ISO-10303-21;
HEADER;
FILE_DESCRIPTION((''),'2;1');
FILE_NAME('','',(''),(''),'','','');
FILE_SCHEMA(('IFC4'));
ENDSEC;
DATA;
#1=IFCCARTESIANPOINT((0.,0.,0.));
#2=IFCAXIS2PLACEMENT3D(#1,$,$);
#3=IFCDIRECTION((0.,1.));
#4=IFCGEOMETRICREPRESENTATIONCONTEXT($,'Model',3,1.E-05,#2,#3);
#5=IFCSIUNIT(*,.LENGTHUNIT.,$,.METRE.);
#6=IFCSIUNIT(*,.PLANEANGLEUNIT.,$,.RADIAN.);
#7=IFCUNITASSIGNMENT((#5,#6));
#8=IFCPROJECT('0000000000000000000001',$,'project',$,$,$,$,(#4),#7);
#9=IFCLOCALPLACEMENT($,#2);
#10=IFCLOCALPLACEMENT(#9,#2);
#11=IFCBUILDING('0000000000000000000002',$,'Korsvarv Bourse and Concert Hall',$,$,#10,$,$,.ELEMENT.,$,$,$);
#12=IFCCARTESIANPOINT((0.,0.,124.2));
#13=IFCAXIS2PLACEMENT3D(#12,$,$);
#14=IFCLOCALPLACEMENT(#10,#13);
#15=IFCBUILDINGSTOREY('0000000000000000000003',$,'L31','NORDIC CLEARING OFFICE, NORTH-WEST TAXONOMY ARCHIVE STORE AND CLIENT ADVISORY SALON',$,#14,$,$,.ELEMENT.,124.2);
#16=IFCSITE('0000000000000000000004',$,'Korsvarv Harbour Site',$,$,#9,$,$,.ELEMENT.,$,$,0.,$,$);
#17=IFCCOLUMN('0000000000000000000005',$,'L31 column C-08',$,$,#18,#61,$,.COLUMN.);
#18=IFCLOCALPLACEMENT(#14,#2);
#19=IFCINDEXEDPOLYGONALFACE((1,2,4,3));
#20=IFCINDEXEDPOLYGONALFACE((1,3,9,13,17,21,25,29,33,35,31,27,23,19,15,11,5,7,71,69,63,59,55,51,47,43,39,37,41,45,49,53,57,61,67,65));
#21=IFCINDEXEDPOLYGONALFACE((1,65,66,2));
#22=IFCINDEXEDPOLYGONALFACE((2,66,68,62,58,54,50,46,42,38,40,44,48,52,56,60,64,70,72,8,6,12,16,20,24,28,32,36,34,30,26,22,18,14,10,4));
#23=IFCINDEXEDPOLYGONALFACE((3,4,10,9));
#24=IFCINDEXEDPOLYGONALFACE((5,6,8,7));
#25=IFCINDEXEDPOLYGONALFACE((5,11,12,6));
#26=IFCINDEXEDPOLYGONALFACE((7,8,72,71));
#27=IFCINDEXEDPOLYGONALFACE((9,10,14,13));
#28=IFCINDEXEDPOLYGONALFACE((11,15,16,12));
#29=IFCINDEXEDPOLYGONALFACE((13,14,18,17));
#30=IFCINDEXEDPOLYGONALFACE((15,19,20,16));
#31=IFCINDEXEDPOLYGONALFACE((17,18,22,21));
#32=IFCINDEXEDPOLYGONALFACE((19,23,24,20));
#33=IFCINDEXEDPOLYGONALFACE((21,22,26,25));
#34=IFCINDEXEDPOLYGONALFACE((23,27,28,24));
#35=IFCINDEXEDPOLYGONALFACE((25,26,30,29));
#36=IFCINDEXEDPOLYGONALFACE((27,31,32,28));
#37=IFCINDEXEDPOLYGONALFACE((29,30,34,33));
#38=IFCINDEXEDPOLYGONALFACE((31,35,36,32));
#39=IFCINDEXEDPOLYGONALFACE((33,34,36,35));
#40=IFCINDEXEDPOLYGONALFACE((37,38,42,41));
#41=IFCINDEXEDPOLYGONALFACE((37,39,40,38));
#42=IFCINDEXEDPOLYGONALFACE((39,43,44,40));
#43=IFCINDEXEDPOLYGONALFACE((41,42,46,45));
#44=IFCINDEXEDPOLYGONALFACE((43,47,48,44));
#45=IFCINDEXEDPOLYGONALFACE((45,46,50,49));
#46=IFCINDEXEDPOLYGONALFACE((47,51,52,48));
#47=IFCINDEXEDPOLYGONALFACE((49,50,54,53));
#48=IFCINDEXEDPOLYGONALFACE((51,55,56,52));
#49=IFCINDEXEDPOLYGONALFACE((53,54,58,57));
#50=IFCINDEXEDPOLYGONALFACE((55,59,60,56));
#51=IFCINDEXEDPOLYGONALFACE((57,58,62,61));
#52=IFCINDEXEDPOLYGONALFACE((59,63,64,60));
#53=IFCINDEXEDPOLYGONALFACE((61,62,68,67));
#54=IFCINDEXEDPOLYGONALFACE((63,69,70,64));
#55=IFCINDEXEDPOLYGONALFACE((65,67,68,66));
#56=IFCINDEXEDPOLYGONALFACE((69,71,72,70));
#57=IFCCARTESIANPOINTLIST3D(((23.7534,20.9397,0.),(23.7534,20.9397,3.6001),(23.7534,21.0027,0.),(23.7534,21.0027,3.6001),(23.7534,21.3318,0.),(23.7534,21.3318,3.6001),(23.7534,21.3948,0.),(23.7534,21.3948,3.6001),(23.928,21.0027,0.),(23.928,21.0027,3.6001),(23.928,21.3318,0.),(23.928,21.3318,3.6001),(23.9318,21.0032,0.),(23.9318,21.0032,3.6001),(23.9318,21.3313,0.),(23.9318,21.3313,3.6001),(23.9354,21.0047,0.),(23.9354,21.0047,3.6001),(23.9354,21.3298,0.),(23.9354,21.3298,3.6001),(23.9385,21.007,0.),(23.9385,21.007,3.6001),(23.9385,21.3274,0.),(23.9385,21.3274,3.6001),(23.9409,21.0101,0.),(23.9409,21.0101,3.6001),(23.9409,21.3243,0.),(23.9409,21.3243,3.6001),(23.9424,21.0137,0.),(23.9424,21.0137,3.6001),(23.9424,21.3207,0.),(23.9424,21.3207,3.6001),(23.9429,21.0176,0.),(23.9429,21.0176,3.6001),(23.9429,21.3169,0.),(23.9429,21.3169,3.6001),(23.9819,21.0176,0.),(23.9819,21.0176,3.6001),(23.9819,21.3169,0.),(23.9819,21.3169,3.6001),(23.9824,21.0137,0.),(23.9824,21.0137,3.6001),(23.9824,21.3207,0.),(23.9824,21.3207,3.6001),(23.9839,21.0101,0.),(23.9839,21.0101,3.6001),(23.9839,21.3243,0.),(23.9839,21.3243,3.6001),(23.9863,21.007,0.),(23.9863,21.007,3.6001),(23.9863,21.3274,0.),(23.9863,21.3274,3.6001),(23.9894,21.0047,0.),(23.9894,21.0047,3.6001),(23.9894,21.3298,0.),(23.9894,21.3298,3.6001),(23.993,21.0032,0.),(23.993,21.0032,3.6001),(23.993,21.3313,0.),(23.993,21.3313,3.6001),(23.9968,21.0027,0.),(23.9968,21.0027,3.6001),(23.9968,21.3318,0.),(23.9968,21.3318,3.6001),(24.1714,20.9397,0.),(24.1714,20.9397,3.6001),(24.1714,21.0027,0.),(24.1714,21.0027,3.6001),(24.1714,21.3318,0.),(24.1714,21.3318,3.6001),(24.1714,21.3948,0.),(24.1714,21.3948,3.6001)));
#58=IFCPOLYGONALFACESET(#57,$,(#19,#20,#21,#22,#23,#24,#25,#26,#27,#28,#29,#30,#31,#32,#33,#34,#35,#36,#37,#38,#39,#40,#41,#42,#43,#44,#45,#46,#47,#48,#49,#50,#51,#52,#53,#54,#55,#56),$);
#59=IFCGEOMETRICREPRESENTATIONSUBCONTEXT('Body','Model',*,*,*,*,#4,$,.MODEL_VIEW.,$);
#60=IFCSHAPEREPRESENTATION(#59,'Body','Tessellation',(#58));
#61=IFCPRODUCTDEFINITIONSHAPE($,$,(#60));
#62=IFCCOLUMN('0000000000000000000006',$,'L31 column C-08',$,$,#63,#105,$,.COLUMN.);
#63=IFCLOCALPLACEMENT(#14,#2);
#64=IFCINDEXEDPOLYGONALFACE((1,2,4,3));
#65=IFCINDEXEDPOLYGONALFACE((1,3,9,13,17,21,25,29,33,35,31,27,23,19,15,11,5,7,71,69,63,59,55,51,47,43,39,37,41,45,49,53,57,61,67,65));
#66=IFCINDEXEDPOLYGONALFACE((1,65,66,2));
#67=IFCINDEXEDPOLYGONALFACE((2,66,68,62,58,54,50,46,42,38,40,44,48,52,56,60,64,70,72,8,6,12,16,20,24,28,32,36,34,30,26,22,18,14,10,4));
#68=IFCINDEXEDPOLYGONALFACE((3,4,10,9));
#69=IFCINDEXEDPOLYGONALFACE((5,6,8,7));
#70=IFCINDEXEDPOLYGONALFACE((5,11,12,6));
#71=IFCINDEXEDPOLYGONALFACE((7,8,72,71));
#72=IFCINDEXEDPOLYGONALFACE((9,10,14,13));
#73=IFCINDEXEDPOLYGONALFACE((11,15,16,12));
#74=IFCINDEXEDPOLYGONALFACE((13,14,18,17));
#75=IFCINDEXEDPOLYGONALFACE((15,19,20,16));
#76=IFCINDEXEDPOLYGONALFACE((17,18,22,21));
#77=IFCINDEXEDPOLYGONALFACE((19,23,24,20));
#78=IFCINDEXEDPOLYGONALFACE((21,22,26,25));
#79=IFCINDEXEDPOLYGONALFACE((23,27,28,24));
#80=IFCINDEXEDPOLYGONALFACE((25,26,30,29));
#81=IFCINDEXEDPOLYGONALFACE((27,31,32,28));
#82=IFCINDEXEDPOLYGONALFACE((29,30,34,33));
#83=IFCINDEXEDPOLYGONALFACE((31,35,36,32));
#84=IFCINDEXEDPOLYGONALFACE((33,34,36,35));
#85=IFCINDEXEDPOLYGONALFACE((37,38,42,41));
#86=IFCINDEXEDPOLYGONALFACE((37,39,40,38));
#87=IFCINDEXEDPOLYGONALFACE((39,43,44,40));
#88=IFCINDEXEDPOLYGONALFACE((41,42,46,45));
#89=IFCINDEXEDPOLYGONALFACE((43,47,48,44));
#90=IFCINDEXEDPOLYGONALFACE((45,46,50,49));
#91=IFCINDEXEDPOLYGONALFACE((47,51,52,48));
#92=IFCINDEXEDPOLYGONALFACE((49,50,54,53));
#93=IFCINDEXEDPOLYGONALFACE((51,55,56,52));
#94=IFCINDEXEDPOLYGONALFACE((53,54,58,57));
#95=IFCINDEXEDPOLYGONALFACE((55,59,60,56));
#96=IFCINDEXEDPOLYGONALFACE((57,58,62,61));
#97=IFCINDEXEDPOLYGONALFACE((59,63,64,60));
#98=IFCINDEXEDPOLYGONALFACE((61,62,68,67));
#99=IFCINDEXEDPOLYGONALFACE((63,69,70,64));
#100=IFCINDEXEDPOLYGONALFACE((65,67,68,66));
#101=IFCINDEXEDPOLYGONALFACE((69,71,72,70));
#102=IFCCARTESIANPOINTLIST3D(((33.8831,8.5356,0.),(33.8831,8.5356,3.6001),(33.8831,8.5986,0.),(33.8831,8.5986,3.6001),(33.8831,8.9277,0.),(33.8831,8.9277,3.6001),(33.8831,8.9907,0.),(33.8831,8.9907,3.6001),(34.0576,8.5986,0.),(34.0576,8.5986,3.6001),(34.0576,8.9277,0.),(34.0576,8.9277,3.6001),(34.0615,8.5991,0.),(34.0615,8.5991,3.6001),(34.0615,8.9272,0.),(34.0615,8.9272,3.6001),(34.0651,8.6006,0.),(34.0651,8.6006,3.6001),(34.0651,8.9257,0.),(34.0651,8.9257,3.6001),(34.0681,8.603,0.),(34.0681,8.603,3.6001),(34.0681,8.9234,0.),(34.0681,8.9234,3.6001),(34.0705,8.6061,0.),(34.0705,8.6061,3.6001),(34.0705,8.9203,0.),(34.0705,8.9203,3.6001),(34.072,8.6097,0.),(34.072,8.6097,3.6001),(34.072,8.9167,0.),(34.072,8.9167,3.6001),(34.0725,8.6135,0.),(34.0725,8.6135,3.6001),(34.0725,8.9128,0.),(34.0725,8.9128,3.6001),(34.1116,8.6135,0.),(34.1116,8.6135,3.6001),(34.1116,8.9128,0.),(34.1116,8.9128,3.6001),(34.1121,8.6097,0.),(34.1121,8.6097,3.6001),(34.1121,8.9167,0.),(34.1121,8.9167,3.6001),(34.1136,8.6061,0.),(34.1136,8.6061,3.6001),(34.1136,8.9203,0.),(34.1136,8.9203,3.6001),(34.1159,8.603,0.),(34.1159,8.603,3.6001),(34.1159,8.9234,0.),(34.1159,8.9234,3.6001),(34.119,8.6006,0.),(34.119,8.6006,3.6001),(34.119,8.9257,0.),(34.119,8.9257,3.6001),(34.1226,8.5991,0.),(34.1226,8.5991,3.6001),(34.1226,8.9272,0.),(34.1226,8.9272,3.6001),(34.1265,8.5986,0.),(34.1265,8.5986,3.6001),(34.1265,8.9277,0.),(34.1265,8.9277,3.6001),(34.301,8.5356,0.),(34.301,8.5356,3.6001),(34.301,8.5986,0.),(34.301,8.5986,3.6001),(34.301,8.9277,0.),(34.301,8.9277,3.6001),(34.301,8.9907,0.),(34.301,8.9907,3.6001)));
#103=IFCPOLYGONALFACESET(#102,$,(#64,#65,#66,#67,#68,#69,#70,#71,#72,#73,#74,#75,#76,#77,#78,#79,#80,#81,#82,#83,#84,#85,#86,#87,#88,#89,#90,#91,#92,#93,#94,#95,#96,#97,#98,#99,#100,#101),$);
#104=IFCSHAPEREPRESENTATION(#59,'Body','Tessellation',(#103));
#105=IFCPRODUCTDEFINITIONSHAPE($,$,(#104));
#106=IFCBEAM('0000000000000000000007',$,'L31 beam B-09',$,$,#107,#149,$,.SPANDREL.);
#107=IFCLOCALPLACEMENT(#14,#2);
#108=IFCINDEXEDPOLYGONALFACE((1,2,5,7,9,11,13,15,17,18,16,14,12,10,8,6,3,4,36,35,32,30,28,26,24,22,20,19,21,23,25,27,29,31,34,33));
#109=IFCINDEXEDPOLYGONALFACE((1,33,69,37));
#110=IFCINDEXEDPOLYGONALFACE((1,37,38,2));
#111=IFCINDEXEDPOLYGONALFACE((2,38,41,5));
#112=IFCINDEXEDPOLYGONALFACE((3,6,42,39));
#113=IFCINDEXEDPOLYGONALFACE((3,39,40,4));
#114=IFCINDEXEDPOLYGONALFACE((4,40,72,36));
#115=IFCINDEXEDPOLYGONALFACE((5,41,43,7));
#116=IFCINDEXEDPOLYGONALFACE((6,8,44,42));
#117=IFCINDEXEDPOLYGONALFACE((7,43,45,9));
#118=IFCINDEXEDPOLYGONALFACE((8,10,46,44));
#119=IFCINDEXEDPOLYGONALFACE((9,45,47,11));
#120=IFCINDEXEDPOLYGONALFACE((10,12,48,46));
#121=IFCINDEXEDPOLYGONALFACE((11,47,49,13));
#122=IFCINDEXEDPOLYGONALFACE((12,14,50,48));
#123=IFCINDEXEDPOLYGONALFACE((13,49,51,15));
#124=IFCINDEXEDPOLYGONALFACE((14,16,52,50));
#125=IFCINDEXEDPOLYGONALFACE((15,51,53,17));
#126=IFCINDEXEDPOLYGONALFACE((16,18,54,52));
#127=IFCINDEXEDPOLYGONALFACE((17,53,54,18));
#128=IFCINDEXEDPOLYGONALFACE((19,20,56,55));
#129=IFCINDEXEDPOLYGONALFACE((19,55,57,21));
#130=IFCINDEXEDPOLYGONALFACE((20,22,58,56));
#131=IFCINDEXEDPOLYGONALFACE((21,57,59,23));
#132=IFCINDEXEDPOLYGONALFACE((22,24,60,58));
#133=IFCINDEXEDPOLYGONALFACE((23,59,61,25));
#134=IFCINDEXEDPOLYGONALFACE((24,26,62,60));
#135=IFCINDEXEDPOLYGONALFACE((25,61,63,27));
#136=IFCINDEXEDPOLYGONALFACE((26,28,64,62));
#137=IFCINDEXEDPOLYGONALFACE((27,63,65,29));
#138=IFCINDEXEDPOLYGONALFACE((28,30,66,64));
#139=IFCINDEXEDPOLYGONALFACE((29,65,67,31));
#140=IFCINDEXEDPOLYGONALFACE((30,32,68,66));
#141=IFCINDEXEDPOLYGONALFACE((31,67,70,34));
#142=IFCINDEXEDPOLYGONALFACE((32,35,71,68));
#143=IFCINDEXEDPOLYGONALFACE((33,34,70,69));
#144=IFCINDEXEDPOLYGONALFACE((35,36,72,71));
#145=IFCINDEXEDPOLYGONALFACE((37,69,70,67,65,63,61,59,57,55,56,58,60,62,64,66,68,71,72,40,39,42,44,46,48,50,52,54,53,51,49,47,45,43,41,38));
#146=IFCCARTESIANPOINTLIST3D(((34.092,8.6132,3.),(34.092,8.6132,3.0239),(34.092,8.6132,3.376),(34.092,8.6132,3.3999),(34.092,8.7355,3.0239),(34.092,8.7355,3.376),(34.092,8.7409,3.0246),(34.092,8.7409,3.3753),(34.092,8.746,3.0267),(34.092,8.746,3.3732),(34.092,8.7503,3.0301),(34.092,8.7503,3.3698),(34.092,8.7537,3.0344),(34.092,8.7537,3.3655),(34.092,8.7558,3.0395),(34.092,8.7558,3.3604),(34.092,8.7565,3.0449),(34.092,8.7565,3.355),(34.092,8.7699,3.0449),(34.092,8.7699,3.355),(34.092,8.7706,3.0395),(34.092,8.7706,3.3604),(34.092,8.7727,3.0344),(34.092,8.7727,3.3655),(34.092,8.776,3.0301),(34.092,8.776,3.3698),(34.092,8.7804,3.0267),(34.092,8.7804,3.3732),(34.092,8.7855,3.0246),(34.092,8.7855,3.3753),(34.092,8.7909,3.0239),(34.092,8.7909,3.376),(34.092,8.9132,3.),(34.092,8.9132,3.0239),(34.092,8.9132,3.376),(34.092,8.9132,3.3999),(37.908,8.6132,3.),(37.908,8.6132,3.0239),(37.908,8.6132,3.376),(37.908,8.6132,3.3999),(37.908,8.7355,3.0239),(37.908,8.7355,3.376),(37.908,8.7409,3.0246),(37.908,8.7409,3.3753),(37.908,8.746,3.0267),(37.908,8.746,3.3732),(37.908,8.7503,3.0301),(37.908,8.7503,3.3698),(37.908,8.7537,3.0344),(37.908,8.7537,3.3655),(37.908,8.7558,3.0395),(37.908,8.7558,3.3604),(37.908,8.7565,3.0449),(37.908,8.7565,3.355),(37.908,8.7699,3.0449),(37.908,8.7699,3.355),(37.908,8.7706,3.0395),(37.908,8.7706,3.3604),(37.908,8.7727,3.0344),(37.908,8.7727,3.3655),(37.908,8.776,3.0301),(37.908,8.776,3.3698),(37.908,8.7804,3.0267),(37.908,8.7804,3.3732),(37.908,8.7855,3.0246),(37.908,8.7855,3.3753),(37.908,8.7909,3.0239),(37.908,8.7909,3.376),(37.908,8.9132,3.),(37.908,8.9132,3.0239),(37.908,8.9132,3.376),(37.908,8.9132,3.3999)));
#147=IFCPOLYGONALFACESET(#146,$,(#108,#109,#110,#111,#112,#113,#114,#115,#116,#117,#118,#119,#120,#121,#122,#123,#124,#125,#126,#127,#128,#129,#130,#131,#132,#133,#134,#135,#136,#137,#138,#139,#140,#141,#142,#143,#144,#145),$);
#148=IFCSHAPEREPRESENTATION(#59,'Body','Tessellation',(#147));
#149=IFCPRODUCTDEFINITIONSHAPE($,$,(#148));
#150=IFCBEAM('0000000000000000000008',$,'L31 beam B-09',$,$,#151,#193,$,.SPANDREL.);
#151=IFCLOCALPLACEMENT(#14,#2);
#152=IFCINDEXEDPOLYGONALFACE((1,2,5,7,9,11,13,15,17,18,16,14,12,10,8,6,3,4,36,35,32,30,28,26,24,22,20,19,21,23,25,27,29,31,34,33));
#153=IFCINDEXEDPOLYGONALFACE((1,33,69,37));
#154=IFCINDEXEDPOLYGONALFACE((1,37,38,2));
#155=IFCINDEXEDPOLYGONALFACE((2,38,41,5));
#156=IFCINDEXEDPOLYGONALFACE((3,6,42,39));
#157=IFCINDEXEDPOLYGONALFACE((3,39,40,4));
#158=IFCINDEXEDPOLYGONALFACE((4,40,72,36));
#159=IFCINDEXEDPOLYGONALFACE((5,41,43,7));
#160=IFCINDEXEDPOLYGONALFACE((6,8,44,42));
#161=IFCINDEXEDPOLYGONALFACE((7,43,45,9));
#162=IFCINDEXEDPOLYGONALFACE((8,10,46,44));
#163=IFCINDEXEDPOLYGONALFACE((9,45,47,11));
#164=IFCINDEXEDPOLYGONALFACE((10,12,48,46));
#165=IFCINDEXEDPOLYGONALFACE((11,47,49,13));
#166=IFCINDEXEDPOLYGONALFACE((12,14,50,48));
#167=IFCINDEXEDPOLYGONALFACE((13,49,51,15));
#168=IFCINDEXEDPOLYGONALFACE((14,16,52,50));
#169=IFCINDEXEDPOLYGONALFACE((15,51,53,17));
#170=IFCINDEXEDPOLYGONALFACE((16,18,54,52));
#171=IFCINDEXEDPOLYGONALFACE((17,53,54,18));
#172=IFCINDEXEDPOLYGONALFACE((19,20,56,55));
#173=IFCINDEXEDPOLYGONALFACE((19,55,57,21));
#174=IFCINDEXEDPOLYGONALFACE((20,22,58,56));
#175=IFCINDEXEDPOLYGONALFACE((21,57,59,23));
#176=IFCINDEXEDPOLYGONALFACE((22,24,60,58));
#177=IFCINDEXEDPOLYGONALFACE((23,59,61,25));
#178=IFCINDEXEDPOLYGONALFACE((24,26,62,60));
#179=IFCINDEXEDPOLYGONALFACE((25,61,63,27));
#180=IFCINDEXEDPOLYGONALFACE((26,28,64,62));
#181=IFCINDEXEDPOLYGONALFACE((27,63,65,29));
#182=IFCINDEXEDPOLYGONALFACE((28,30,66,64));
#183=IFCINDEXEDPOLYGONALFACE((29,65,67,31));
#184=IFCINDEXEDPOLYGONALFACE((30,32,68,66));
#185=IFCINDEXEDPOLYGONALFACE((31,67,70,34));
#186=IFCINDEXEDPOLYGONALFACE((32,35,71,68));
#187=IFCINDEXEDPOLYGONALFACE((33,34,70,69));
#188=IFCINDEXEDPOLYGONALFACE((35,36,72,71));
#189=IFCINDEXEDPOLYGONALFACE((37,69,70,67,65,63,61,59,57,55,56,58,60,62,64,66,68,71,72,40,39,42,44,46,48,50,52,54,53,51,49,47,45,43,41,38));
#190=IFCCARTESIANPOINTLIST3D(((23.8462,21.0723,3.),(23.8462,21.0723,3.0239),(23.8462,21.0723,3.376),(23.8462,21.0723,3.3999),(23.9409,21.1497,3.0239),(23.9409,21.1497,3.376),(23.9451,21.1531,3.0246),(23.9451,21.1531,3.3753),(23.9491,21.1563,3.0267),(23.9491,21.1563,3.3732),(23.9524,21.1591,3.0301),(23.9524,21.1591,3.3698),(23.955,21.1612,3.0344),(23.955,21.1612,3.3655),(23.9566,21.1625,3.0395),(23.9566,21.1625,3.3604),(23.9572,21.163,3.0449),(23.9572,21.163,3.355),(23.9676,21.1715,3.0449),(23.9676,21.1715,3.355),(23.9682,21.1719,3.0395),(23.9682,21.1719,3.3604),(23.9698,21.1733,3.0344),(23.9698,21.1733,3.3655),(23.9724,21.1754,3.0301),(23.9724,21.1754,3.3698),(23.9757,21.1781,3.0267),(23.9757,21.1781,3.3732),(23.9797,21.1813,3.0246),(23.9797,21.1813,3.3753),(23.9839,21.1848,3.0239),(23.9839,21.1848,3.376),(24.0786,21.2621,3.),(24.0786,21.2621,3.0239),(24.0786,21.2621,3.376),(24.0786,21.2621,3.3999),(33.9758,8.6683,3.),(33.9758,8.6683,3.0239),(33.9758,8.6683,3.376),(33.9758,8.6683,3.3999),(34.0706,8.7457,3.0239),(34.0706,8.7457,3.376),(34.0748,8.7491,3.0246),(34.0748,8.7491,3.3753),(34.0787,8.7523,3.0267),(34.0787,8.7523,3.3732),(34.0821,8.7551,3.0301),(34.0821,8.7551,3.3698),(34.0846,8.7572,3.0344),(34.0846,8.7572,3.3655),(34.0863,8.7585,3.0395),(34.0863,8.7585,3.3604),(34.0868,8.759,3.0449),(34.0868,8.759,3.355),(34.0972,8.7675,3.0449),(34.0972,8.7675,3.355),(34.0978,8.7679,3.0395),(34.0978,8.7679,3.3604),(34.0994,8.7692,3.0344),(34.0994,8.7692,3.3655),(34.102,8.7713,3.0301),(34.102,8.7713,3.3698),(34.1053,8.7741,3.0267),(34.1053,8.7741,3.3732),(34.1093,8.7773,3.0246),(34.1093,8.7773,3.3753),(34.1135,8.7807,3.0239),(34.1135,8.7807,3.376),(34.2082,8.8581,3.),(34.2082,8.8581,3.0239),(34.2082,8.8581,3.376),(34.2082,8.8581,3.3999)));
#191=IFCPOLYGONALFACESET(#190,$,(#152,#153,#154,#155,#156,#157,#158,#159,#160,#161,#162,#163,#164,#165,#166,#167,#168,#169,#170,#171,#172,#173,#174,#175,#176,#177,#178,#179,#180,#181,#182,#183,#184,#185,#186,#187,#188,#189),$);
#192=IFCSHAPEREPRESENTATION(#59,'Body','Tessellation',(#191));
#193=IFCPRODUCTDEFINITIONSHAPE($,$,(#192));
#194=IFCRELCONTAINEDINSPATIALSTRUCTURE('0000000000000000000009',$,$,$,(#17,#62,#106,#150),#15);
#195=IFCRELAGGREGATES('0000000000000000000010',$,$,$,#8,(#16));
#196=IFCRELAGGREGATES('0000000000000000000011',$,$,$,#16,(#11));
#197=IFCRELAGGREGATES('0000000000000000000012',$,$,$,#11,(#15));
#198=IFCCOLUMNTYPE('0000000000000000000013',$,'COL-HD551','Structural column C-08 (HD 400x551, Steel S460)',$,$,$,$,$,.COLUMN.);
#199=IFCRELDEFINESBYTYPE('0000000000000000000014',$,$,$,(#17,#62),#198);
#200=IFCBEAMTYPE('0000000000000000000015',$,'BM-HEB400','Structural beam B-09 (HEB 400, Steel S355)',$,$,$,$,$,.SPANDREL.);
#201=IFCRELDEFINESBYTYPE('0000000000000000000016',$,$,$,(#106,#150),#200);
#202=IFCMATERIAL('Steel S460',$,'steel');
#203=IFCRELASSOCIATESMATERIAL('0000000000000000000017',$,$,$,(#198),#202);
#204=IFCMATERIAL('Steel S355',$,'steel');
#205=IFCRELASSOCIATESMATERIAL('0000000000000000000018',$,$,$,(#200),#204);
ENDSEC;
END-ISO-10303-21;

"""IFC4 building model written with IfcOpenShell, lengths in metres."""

from ifc_helpers import new_model, si_unit, direction, frame, origin, origin_2d, place, context, subcontext, project, spatial, i_section, extrude, source, transform, mapped, material, material_profile, profile_set, type_object, element, save


model = new_model("IFC4")

# Units and contexts
model_context = context("Model", 3, precision=1e-05, world=origin(), true_north=direction((0.0, 1.0)))
body_context = subcontext(model_context, "Body", "Model", "MODEL_VIEW")
ifc_project = project(units=[si_unit("LENGTHUNIT", "METRE"), si_unit("PLANEANGLEUNIT", "RADIAN")], contexts=[model_context])

# Site, building, storey
site_placement = place(None, origin())
site = spatial("IfcSite", under=ifc_project, at=site_placement, Name="Korsvarv Harbour Site", CompositionType="ELEMENT", RefElevation=0.0)
building_placement = place(site_placement, origin())
building = spatial("IfcBuilding", under=site, at=building_placement, Name="Korsvarv Bourse and Concert Hall", CompositionType="ELEMENT")
storey_placement = place(building_placement, frame((0.0, 0.0, 124.2)))
storey = spatial("IfcBuildingStorey", under=building, at=storey_placement, Name="L31", Description="NORDIC CLEARING OFFICE, NORTH-WEST TAXONOMY ARCHIVE STORE AND CLIENT ADVISORY SALON", CompositionType="ELEMENT", Elevation=124.2)

# Columns
ifc_material_1 = material(Name="Steel S460", Category="steel")
ifc_material_profile_1 = material_profile(ifc_material_1, i_section(OverallWidth=0.418, OverallDepth=0.4551, WebThickness=0.0391, FlangeThickness=0.063, FilletRadius=0.0149, at=origin_2d()), Name="HD 400x551")
ifc_profile_set_1 = profile_set([ifc_material_profile_1], Name="Steel S460")
column_type = type_object("IfcColumnType", Name="COL-HD551", Description="Structural column C-08 (HD 400x551, Steel S460)", PredefinedType="COLUMN", material=ifc_profile_set_1)
shared_shape_1 = source(origin(), body_context, "Body", "SweptSolid", [
    extrude(i_section(OverallWidth=0.418, OverallDepth=0.4551, WebThickness=0.0391, FlangeThickness=0.063, FilletRadius=0.0149, at=origin_2d()), origin(), (0.0, 0.0, 1.0), 3.6001),
])
for number, where, z_axis, x_axis, name in (
    (1, (23.9624, 21.1672, 0.0), (0.0, 0.0, 1.0), (1.0, 0.0, 0.0), "L31 column C-08"),
    (2, (34.092, 8.7632, 0.0), (0.0, 0.0, 1.0), (1.0, 0.0, 0.0), "L31 column C-08"),
):
    element("IfcColumn", number, at=place(storey_placement, frame(where, z_axis=z_axis, x_axis=x_axis)), inside=storey, type_object=column_type, Name=name, PredefinedType="COLUMN", context=body_context, shape_type="MappedRepresentation", body=[
        mapped(shared_shape_1, transform((0.0, 0.0, 0.0), scale=1.0)),
    ])

# Beams
ifc_material_2 = material(Name="Steel S355", Category="steel")
ifc_material_profile_2 = material_profile(ifc_material_2, i_section(OverallWidth=0.3, OverallDepth=0.3999, WebThickness=0.0134, FlangeThickness=0.0239, FilletRadius=0.021, at=origin_2d()), Name="HEB 400")
ifc_profile_set_2 = profile_set([ifc_material_profile_2], Name="Steel S355")
beam_type_1 = type_object("IfcBeamType", Name="BM-HEB400", Description="Structural beam B-09 (HEB 400, Steel S355)", PredefinedType="SPANDREL", material=ifc_profile_set_2)
shared_shape_2 = source(origin(), body_context, "Body", "SweptSolid", [
    extrude(i_section(OverallWidth=0.3, OverallDepth=0.3999, WebThickness=0.0134, FlangeThickness=0.0239, FilletRadius=0.021, at=origin_2d()), origin(), (0.0, 0.0, 1.0), 3.8159),
])
beam_1_placement = place(storey_placement, frame((34.092, 8.7632, 3.2), z_axis=(1.0, 0.0, 0.0), x_axis=(0.0, 1.0, 0.0)))
element("IfcBeam", 3, at=beam_1_placement, inside=storey, type_object=beam_type_1, Name="L31 beam B-09", PredefinedType="SPANDREL", context=body_context, shape_type="MappedRepresentation", body=[
    mapped(shared_shape_2, transform((0.0, 0.0, 0.0), scale=1.0)),
])
shared_shape_3 = source(origin(), body_context, "Body", "SweptSolid", [
    extrude(i_section(OverallWidth=0.3, OverallDepth=0.3999, WebThickness=0.0134, FlangeThickness=0.0239, FilletRadius=0.021, at=origin_2d()), origin(), (0.0, 0.0, 1.0), 16.0146),
])
beam_2_placement = place(storey_placement, frame((23.9624, 21.1672, 3.2), z_axis=(0.632522, -0.774542, 0.0), x_axis=(0.774542, 0.632522, 0.0)))
element("IfcBeam", 4, at=beam_2_placement, inside=storey, type_object=beam_type_1, Name="L31 beam B-09", PredefinedType="SPANDREL", context=body_context, shape_type="MappedRepresentation", body=[
    mapped(shared_shape_3, transform((0.0, 0.0, 0.0), scale=1.0)),
])

save(model, "model.ifc")
